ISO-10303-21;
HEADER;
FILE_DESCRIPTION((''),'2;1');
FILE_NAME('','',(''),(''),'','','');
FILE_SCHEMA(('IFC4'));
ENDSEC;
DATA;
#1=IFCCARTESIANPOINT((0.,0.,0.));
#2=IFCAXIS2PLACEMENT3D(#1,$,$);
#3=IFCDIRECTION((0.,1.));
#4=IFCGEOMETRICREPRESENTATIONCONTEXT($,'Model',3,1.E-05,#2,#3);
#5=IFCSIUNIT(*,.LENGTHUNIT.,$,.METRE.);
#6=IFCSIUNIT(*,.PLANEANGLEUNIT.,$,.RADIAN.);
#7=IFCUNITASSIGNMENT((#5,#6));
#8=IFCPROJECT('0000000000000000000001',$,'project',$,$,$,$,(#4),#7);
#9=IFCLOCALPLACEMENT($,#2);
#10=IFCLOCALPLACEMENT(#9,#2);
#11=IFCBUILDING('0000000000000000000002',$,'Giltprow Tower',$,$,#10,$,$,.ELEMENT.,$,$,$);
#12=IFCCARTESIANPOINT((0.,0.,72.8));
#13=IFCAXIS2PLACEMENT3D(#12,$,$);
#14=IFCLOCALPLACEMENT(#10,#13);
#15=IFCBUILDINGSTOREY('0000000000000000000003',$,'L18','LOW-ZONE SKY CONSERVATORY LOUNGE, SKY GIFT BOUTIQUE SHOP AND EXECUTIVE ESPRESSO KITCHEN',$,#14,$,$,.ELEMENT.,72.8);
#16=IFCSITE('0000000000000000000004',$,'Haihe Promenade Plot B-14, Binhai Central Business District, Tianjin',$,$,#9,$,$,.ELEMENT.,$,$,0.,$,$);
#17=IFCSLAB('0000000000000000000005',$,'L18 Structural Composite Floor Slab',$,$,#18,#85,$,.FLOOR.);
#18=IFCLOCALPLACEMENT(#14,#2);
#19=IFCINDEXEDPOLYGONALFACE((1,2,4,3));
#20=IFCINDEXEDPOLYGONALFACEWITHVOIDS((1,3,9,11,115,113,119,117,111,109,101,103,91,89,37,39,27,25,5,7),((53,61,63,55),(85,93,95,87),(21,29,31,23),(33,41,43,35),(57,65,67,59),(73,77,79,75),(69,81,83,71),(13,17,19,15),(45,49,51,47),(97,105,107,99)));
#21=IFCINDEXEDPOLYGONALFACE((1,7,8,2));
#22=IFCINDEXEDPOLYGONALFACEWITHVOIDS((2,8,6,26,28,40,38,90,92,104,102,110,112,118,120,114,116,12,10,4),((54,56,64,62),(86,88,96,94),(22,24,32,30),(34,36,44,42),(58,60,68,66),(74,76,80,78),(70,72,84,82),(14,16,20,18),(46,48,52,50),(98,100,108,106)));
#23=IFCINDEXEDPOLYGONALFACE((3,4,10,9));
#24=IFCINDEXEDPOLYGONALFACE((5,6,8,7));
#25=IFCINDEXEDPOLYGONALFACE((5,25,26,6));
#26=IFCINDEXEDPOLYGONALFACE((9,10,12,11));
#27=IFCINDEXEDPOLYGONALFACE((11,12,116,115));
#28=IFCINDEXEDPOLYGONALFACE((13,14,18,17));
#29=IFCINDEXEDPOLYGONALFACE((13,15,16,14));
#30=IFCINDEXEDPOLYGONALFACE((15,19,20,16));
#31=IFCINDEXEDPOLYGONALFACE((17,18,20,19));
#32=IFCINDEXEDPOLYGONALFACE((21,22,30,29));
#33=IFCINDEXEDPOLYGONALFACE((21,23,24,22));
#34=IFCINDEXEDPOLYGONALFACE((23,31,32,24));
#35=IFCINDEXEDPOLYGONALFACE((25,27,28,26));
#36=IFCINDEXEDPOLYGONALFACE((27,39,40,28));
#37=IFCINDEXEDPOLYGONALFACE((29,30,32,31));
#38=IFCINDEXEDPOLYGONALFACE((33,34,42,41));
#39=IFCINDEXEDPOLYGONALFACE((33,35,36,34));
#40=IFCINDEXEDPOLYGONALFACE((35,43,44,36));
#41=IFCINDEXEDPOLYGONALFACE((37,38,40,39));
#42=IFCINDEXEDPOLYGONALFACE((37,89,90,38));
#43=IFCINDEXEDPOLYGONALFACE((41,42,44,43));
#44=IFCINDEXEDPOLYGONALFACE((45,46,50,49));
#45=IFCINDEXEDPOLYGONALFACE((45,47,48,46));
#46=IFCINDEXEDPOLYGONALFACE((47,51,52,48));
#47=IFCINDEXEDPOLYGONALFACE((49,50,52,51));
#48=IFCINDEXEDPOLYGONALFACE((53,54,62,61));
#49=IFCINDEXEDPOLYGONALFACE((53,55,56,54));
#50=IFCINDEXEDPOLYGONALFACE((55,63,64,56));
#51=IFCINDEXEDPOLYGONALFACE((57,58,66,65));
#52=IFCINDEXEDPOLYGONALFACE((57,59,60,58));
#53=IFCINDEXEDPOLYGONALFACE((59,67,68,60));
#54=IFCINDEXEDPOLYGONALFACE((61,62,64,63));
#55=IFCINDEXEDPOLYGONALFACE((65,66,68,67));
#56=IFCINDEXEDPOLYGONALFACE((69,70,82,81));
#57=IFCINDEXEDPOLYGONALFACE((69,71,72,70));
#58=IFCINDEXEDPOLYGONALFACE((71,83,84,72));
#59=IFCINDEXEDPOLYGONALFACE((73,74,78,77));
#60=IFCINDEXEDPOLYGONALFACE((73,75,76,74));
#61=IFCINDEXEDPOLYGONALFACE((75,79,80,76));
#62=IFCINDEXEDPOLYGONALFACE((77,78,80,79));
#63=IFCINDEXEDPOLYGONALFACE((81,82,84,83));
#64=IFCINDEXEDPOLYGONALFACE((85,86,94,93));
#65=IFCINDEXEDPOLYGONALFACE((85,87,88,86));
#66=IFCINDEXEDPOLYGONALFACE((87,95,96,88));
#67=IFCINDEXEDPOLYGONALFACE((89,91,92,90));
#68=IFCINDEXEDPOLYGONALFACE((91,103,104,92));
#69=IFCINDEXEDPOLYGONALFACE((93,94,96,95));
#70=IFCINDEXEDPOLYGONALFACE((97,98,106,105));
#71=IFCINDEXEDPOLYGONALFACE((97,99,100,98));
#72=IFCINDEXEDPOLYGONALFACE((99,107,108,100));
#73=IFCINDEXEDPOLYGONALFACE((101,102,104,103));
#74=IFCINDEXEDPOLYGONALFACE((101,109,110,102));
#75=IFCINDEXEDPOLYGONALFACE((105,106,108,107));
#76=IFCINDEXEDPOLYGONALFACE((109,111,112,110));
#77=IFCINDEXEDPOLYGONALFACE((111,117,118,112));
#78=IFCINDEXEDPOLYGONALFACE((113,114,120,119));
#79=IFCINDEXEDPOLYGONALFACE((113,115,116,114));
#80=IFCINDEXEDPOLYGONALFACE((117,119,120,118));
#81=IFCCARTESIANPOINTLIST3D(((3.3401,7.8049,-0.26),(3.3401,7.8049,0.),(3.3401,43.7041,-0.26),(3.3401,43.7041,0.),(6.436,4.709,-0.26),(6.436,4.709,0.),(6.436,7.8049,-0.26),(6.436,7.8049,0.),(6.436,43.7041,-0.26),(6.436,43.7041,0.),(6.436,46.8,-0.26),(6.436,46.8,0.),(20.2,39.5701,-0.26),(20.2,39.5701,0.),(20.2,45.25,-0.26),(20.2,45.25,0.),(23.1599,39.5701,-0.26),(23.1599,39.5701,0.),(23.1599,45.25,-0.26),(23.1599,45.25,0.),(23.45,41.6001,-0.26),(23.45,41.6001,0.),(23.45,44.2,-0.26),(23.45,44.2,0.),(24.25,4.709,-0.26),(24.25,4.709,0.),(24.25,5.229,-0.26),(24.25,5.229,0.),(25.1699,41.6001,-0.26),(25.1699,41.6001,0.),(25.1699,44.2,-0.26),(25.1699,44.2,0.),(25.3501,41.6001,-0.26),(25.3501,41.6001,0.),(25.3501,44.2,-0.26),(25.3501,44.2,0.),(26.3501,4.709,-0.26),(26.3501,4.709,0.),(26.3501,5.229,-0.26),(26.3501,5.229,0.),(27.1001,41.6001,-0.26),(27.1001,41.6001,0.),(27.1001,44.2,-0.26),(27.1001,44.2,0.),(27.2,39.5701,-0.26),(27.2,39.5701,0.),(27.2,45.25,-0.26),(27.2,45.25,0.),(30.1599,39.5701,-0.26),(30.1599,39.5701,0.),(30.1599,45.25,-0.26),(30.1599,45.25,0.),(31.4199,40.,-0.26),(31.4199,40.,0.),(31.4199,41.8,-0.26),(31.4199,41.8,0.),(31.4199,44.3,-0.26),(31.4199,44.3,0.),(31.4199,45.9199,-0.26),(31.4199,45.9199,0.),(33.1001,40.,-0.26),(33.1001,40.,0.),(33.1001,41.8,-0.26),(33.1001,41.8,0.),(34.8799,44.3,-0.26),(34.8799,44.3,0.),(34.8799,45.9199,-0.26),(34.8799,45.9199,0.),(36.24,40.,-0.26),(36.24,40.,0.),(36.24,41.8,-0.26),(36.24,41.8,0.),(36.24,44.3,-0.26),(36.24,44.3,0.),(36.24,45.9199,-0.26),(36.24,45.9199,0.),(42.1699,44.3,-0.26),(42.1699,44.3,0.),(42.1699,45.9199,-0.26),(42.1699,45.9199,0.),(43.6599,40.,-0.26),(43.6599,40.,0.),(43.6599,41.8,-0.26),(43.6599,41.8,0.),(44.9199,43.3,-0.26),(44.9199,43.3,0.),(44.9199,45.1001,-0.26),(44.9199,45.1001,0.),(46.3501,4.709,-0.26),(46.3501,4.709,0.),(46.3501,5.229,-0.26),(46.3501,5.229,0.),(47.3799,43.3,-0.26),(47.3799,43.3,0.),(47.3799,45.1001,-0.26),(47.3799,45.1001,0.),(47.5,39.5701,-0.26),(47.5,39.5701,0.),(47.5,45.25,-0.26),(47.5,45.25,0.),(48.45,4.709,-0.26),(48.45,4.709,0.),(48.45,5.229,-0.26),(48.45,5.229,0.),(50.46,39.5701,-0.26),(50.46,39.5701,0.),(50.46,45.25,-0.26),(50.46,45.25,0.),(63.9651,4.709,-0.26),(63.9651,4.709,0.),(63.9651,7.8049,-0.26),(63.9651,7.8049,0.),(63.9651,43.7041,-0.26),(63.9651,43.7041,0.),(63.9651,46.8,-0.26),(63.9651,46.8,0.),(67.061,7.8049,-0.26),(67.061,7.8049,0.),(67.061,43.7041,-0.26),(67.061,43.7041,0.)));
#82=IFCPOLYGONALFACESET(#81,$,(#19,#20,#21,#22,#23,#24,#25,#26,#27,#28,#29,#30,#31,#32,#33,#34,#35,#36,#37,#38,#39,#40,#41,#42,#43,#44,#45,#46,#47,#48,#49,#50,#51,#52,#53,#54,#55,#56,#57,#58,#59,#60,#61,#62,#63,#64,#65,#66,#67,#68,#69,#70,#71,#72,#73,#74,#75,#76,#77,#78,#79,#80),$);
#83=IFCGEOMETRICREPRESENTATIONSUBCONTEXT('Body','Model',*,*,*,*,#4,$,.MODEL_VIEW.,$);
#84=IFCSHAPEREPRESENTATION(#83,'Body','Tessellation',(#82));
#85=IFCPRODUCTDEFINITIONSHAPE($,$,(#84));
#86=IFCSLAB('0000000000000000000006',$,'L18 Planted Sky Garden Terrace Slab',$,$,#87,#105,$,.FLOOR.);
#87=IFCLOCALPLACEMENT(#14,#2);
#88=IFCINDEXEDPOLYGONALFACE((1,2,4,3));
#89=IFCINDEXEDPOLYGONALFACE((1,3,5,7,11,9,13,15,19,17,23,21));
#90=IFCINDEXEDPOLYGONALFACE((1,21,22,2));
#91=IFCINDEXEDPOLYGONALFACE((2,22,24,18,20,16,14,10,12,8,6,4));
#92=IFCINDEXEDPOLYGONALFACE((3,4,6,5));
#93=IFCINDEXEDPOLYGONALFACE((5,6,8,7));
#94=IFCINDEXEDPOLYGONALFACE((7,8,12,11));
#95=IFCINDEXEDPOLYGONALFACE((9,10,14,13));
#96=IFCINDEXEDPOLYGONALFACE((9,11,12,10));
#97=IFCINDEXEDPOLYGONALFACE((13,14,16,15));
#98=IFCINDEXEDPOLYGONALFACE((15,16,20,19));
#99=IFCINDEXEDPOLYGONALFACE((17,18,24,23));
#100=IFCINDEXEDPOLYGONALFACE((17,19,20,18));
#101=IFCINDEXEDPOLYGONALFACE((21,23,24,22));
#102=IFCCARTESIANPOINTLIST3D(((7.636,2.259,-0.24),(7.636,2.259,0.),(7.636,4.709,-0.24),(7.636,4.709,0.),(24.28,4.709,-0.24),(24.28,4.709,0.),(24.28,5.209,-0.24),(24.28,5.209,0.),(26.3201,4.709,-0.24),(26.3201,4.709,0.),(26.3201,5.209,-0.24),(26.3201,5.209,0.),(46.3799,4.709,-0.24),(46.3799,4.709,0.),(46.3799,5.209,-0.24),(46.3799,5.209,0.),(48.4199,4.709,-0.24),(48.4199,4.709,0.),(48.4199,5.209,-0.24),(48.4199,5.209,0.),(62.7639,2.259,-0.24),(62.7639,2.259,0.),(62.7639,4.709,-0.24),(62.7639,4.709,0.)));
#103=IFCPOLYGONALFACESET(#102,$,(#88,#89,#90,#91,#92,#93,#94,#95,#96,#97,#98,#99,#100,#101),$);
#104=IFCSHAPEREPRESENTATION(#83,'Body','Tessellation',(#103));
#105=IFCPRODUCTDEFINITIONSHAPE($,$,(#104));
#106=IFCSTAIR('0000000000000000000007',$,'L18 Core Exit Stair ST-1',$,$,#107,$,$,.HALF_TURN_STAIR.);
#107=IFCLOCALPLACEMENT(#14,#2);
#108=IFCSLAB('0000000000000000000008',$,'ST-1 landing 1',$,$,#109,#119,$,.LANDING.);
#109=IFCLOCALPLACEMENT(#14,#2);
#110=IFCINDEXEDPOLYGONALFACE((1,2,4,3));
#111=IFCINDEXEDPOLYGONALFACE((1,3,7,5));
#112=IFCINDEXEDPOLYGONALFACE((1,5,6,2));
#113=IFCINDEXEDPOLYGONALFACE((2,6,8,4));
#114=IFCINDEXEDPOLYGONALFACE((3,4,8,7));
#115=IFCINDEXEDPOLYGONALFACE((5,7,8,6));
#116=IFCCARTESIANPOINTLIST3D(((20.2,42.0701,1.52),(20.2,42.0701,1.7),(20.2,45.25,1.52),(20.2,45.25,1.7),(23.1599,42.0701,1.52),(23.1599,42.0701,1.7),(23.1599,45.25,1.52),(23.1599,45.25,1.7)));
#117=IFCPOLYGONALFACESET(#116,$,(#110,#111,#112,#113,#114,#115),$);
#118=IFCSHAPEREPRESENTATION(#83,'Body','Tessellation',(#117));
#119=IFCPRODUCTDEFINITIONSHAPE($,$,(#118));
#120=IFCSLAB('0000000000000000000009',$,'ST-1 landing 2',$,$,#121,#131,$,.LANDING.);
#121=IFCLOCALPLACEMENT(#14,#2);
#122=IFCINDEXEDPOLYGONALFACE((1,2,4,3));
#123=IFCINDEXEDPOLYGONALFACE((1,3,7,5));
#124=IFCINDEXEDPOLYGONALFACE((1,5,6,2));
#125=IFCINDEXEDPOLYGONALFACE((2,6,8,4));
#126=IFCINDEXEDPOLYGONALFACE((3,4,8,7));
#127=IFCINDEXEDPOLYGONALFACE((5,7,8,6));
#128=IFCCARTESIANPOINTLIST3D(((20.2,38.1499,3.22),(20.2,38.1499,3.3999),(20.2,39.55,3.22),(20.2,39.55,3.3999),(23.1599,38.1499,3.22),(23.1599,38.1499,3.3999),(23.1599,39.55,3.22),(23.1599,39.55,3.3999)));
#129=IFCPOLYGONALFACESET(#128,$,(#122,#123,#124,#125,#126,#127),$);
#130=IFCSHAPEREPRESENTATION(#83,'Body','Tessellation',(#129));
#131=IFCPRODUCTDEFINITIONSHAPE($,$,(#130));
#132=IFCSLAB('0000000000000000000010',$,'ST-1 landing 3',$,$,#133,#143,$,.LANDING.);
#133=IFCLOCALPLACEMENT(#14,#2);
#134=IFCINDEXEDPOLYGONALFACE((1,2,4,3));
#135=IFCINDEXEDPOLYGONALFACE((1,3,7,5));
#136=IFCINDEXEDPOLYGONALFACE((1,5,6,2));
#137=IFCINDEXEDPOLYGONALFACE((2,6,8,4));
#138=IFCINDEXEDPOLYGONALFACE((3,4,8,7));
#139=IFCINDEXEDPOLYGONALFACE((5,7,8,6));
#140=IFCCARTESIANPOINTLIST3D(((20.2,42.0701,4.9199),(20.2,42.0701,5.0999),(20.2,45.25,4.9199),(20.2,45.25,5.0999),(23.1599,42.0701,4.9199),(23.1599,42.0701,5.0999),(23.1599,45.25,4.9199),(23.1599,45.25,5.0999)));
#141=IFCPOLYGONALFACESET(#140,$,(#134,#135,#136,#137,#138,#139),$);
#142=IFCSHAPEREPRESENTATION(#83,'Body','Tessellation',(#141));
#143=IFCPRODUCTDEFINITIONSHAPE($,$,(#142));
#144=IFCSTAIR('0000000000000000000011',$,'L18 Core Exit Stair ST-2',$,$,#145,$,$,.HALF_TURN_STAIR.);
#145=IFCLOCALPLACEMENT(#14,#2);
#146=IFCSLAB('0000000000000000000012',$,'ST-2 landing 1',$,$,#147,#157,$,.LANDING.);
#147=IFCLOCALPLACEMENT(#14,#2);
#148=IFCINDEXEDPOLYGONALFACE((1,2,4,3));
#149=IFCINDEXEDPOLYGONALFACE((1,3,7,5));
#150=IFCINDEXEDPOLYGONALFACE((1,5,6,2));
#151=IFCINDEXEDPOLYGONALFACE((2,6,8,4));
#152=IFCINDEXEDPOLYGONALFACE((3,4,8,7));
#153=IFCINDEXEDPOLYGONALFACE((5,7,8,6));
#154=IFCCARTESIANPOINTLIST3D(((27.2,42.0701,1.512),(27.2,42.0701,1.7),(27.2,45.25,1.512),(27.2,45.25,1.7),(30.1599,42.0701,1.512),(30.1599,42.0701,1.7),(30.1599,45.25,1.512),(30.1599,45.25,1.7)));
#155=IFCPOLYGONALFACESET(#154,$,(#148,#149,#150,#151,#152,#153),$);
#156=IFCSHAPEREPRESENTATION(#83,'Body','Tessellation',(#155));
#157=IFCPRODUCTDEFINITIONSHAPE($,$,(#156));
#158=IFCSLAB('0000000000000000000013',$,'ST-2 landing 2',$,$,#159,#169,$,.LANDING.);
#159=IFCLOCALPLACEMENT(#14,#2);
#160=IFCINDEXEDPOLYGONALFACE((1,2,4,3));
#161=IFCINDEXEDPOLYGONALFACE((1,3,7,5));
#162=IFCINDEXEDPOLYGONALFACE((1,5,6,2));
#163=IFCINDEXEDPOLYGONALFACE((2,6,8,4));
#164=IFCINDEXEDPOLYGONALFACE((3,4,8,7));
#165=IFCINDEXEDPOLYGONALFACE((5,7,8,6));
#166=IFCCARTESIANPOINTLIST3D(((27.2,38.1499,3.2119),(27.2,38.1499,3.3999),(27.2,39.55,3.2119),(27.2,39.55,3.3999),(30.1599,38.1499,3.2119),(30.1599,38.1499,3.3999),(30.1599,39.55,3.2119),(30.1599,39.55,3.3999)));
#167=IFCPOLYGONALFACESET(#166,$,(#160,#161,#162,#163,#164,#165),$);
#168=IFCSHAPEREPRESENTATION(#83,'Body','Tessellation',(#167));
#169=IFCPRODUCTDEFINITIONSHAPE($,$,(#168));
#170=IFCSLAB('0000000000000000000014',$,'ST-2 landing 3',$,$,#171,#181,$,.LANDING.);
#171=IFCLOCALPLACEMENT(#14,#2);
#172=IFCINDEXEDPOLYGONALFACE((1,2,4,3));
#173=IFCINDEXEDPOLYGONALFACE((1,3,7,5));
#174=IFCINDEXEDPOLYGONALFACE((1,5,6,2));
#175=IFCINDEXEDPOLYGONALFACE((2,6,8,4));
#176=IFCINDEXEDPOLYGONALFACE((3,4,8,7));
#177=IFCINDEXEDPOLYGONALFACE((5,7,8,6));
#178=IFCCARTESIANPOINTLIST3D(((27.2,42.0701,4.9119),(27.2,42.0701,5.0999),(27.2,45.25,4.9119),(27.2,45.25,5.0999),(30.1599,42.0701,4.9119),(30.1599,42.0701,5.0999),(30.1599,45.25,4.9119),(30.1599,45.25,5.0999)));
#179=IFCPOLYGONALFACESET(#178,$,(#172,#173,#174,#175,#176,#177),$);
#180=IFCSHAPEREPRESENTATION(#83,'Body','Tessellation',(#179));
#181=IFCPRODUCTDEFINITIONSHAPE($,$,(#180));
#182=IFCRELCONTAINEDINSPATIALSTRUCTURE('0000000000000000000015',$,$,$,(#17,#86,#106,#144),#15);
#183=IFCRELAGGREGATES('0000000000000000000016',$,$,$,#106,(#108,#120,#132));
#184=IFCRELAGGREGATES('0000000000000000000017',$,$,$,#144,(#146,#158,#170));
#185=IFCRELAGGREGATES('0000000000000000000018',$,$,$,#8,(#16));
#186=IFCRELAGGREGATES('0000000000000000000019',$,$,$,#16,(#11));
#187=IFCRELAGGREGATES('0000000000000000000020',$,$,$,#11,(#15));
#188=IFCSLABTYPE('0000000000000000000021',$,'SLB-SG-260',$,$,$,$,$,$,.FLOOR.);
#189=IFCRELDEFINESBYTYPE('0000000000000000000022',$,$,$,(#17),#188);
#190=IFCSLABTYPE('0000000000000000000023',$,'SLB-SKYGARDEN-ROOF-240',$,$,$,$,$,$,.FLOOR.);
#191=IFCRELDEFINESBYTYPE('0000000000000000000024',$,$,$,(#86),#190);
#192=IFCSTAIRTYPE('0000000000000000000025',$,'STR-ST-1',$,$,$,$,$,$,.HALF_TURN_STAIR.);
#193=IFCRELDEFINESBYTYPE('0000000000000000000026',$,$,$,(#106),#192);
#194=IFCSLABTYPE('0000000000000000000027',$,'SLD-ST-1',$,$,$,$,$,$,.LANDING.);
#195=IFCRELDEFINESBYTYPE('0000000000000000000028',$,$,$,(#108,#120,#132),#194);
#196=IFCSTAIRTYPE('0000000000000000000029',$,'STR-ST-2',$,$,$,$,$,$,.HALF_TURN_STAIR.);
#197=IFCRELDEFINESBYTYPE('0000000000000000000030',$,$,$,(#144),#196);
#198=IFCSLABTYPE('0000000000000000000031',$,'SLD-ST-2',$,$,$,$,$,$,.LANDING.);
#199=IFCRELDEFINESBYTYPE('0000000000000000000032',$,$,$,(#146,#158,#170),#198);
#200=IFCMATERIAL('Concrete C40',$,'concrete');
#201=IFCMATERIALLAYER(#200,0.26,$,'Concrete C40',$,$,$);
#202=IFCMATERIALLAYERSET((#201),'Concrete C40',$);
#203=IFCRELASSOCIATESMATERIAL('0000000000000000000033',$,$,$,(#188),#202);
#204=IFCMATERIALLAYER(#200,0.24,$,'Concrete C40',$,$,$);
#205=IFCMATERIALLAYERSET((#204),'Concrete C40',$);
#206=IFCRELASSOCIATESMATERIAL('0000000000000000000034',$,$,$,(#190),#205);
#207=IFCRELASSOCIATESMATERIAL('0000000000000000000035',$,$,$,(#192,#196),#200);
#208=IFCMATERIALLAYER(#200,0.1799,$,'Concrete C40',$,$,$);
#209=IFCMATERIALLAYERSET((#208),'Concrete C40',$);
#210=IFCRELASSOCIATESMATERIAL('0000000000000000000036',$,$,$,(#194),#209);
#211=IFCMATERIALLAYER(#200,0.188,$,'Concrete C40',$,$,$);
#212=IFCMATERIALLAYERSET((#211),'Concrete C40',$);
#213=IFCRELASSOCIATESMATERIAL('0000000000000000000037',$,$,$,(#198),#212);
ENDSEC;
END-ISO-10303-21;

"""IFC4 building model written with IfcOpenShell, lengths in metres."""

from ifc_helpers import new_model, si_unit, direction, frame, origin, place, context, subcontext, project, spatial, polyline, outline, extrude, material, layer, layer_set, type_object, element, aggregate, save


model = new_model("IFC4")

# Units and contexts
model_context = context("Model", 3, precision=1e-05, world=origin(), true_north=direction((0.0, 1.0)))
body_context = subcontext(model_context, "Body", "Model", "MODEL_VIEW")
ifc_project = project(units=[si_unit("LENGTHUNIT", "METRE"), si_unit("PLANEANGLEUNIT", "RADIAN")], contexts=[model_context])

# Site, building, storey
site_placement = place(None, origin())
site = spatial("IfcSite", under=ifc_project, at=site_placement, Name="Haihe Promenade Plot B-14, Binhai Central Business District, Tianjin", CompositionType="ELEMENT", RefElevation=0.0)
building_placement = place(site_placement, origin())
building = spatial("IfcBuilding", under=site, at=building_placement, Name="Giltprow Tower", CompositionType="ELEMENT")
storey_placement = place(building_placement, frame((0.0, 0.0, 72.8)))
storey = spatial("IfcBuildingStorey", under=building, at=storey_placement, Name="L18", Description="LOW-ZONE SKY CONSERVATORY LOUNGE, SKY GIFT BOUTIQUE SHOP AND EXECUTIVE ESPRESSO KITCHEN", CompositionType="ELEMENT", Elevation=72.8)

# Slabs
ifc_material_1 = material(Name="Concrete C40", Category="concrete")
ifc_layer_1 = layer(ifc_material_1, 0.26, Name="Concrete C40")
ifc_layer_set_1 = layer_set([ifc_layer_1], Name="Concrete C40")
slab_type_1 = type_object("IfcSlabType", Name="SLB-SG-260", PredefinedType="FLOOR", material=ifc_layer_set_1)
slab_1_placement = place(storey_placement, frame((0.0, 0.0, -0.26)))
element("IfcSlab", 1, at=slab_1_placement, inside=storey, type_object=slab_type_1, Name="L18 Structural Composite Floor Slab", PredefinedType="FLOOR", context=body_context, shape_type="SweptSolid", body=[
    extrude(outline(polyline([(6.436, 4.709), (6.436, 7.8049), (3.3401, 7.8049), (3.3401, 43.7041), (6.436, 43.7041), (6.436, 46.8), (63.9651, 46.8), (63.9651, 43.7041), (67.061, 43.7041), (67.061, 7.8049), (63.9651, 7.8049), (63.9651, 4.709), (48.45, 4.709), (48.45, 5.229), (46.3501, 5.229), (46.3501, 4.709), (26.3501, 4.709), (26.3501, 5.229), (24.25, 5.229), (24.25, 4.709), (6.436, 4.709)]), holes=[polyline([(33.1001, 41.8), (31.4199, 41.8), (31.4199, 40.0), (33.1001, 40.0), (33.1001, 41.8)]), polyline([(23.1599, 39.5701), (23.1599, 45.25), (20.2, 45.25), (20.2, 39.5701), (23.1599, 39.5701)]), polyline([(30.1599, 45.25), (27.2, 45.25), (27.2, 39.5701), (30.1599, 39.5701), (30.1599, 45.25)]), polyline([(25.1699, 41.6001), (25.1699, 44.2), (23.45, 44.2), (23.45, 41.6001), (25.1699, 41.6001)]), polyline([(27.1001, 41.6001), (27.1001, 44.2), (25.3501, 44.2), (25.3501, 41.6001), (27.1001, 41.6001)]), polyline([(43.6599, 40.0), (43.6599, 41.8), (36.24, 41.8), (36.24, 40.0), (43.6599, 40.0)]), polyline([(50.46, 39.5701), (50.46, 45.25), (47.5, 45.25), (47.5, 39.5701), (50.46, 39.5701)]), polyline([(47.3799, 45.1001), (44.9199, 45.1001), (44.9199, 43.3), (47.3799, 43.3), (47.3799, 45.1001)]), polyline([(34.8799, 44.3), (34.8799, 45.9199), (31.4199, 45.9199), (31.4199, 44.3), (34.8799, 44.3)]), polyline([(42.1699, 44.3), (42.1699, 45.9199), (36.24, 45.9199), (36.24, 44.3), (42.1699, 44.3)])]), origin(), (0.0, 0.0, 1.0), 0.26),
])
ifc_layer_2 = layer(ifc_material_1, 0.24, Name="Concrete C40")
ifc_layer_set_2 = layer_set([ifc_layer_2], Name="Concrete C40")
slab_type_2 = type_object("IfcSlabType", Name="SLB-SKYGARDEN-ROOF-240", PredefinedType="FLOOR", material=ifc_layer_set_2)
slab_2_placement = place(storey_placement, frame((0.0, 0.0, -0.24)))
element("IfcSlab", 2, at=slab_2_placement, inside=storey, type_object=slab_type_2, Name="L18 Planted Sky Garden Terrace Slab", PredefinedType="FLOOR", context=body_context, shape_type="SweptSolid", body=[
    extrude(outline(polyline([(62.7639, 4.709), (62.7639, 2.259), (7.636, 2.259), (7.636, 4.709), (24.28, 4.709), (24.28, 5.209), (26.3201, 5.209), (26.3201, 4.709), (46.3799, 4.709), (46.3799, 5.209), (48.4199, 5.209), (48.4199, 4.709), (62.7639, 4.709)])), origin(), (0.0, 0.0, 1.0), 0.24),
])

# Stairs, slabs
stair_type_1 = type_object("IfcStairType", Name="STR-ST-1", PredefinedType="HALF_TURN_STAIR", material=ifc_material_1)
stair_1_placement = place(storey_placement, origin())
stair_1 = element("IfcStair", 3, at=stair_1_placement, inside=storey, type_object=stair_type_1, Name="L18 Core Exit Stair ST-1", PredefinedType="HALF_TURN_STAIR")
ifc_layer_3 = layer(ifc_material_1, 0.1799, Name="Concrete C40")
ifc_layer_set_3 = layer_set([ifc_layer_3], Name="Concrete C40")
slab_type_3 = type_object("IfcSlabType", Name="SLD-ST-1", PredefinedType="LANDING", material=ifc_layer_set_3)
slab_3_placement = place(storey_placement, frame((0.0, 0.0, 1.52)))
slab_3 = element("IfcSlab", 4, at=slab_3_placement, type_object=slab_type_3, Name="ST-1 landing 1", PredefinedType="LANDING", context=body_context, shape_type="SweptSolid", body=[
    extrude(outline(polyline([(23.1599, 42.0701), (23.1599, 45.25), (20.2, 45.25), (20.2, 42.0701), (23.1599, 42.0701)])), origin(), (0.0, 0.0, 1.0), 0.1799),
])
slab_4_placement = place(storey_placement, frame((0.0, 0.0, 3.22)))
slab_4 = element("IfcSlab", 5, at=slab_4_placement, type_object=slab_type_3, Name="ST-1 landing 2", PredefinedType="LANDING", context=body_context, shape_type="SweptSolid", body=[
    extrude(outline(polyline([(23.1599, 38.1499), (23.1599, 39.55), (20.2, 39.55), (20.2, 38.1499), (23.1599, 38.1499)])), origin(), (0.0, 0.0, 1.0), 0.1799),
])
slab_5_placement = place(storey_placement, frame((0.0, 0.0, 4.9199)))
slab_5 = element("IfcSlab", 6, at=slab_5_placement, type_object=slab_type_3, Name="ST-1 landing 3", PredefinedType="LANDING", context=body_context, shape_type="SweptSolid", body=[
    extrude(outline(polyline([(23.1599, 42.0701), (23.1599, 45.25), (20.2, 45.25), (20.2, 42.0701), (23.1599, 42.0701)])), origin(), (0.0, 0.0, 1.0), 0.1799),
])
aggregate(stair_1, [slab_3, slab_4, slab_5])
stair_type_2 = type_object("IfcStairType", Name="STR-ST-2", PredefinedType="HALF_TURN_STAIR", material=ifc_material_1)
stair_2_placement = place(storey_placement, origin())
stair_2 = element("IfcStair", 7, at=stair_2_placement, inside=storey, type_object=stair_type_2, Name="L18 Core Exit Stair ST-2", PredefinedType="HALF_TURN_STAIR")
ifc_layer_4 = layer(ifc_material_1, 0.188, Name="Concrete C40")
ifc_layer_set_4 = layer_set([ifc_layer_4], Name="Concrete C40")
slab_type_4 = type_object("IfcSlabType", Name="SLD-ST-2", PredefinedType="LANDING", material=ifc_layer_set_4)
slab_6_placement = place(storey_placement, frame((0.0, 0.0, 1.512)))
slab_6 = element("IfcSlab", 8, at=slab_6_placement, type_object=slab_type_4, Name="ST-2 landing 1", PredefinedType="LANDING", context=body_context, shape_type="SweptSolid", body=[
    extrude(outline(polyline([(30.1599, 42.0701), (30.1599, 45.25), (27.2, 45.25), (27.2, 42.0701), (30.1599, 42.0701)])), origin(), (0.0, 0.0, 1.0), 0.188),
])
slab_7_placement = place(storey_placement, frame((0.0, 0.0, 3.2119)))
slab_7 = element("IfcSlab", 9, at=slab_7_placement, type_object=slab_type_4, Name="ST-2 landing 2", PredefinedType="LANDING", context=body_context, shape_type="SweptSolid", body=[
    extrude(outline(polyline([(30.1599, 38.1499), (30.1599, 39.55), (27.2, 39.55), (27.2, 38.1499), (30.1599, 38.1499)])), origin(), (0.0, 0.0, 1.0), 0.188),
])
slab_8_placement = place(storey_placement, frame((0.0, 0.0, 4.9119)))
slab_8 = element("IfcSlab", 10, at=slab_8_placement, type_object=slab_type_4, Name="ST-2 landing 3", PredefinedType="LANDING", context=body_context, shape_type="SweptSolid", body=[
    extrude(outline(polyline([(30.1599, 42.0701), (30.1599, 45.25), (27.2, 45.25), (27.2, 42.0701), (30.1599, 42.0701)])), origin(), (0.0, 0.0, 1.0), 0.188),
])
aggregate(stair_2, [slab_6, slab_7, slab_8])

save(model, "model.ifc")
